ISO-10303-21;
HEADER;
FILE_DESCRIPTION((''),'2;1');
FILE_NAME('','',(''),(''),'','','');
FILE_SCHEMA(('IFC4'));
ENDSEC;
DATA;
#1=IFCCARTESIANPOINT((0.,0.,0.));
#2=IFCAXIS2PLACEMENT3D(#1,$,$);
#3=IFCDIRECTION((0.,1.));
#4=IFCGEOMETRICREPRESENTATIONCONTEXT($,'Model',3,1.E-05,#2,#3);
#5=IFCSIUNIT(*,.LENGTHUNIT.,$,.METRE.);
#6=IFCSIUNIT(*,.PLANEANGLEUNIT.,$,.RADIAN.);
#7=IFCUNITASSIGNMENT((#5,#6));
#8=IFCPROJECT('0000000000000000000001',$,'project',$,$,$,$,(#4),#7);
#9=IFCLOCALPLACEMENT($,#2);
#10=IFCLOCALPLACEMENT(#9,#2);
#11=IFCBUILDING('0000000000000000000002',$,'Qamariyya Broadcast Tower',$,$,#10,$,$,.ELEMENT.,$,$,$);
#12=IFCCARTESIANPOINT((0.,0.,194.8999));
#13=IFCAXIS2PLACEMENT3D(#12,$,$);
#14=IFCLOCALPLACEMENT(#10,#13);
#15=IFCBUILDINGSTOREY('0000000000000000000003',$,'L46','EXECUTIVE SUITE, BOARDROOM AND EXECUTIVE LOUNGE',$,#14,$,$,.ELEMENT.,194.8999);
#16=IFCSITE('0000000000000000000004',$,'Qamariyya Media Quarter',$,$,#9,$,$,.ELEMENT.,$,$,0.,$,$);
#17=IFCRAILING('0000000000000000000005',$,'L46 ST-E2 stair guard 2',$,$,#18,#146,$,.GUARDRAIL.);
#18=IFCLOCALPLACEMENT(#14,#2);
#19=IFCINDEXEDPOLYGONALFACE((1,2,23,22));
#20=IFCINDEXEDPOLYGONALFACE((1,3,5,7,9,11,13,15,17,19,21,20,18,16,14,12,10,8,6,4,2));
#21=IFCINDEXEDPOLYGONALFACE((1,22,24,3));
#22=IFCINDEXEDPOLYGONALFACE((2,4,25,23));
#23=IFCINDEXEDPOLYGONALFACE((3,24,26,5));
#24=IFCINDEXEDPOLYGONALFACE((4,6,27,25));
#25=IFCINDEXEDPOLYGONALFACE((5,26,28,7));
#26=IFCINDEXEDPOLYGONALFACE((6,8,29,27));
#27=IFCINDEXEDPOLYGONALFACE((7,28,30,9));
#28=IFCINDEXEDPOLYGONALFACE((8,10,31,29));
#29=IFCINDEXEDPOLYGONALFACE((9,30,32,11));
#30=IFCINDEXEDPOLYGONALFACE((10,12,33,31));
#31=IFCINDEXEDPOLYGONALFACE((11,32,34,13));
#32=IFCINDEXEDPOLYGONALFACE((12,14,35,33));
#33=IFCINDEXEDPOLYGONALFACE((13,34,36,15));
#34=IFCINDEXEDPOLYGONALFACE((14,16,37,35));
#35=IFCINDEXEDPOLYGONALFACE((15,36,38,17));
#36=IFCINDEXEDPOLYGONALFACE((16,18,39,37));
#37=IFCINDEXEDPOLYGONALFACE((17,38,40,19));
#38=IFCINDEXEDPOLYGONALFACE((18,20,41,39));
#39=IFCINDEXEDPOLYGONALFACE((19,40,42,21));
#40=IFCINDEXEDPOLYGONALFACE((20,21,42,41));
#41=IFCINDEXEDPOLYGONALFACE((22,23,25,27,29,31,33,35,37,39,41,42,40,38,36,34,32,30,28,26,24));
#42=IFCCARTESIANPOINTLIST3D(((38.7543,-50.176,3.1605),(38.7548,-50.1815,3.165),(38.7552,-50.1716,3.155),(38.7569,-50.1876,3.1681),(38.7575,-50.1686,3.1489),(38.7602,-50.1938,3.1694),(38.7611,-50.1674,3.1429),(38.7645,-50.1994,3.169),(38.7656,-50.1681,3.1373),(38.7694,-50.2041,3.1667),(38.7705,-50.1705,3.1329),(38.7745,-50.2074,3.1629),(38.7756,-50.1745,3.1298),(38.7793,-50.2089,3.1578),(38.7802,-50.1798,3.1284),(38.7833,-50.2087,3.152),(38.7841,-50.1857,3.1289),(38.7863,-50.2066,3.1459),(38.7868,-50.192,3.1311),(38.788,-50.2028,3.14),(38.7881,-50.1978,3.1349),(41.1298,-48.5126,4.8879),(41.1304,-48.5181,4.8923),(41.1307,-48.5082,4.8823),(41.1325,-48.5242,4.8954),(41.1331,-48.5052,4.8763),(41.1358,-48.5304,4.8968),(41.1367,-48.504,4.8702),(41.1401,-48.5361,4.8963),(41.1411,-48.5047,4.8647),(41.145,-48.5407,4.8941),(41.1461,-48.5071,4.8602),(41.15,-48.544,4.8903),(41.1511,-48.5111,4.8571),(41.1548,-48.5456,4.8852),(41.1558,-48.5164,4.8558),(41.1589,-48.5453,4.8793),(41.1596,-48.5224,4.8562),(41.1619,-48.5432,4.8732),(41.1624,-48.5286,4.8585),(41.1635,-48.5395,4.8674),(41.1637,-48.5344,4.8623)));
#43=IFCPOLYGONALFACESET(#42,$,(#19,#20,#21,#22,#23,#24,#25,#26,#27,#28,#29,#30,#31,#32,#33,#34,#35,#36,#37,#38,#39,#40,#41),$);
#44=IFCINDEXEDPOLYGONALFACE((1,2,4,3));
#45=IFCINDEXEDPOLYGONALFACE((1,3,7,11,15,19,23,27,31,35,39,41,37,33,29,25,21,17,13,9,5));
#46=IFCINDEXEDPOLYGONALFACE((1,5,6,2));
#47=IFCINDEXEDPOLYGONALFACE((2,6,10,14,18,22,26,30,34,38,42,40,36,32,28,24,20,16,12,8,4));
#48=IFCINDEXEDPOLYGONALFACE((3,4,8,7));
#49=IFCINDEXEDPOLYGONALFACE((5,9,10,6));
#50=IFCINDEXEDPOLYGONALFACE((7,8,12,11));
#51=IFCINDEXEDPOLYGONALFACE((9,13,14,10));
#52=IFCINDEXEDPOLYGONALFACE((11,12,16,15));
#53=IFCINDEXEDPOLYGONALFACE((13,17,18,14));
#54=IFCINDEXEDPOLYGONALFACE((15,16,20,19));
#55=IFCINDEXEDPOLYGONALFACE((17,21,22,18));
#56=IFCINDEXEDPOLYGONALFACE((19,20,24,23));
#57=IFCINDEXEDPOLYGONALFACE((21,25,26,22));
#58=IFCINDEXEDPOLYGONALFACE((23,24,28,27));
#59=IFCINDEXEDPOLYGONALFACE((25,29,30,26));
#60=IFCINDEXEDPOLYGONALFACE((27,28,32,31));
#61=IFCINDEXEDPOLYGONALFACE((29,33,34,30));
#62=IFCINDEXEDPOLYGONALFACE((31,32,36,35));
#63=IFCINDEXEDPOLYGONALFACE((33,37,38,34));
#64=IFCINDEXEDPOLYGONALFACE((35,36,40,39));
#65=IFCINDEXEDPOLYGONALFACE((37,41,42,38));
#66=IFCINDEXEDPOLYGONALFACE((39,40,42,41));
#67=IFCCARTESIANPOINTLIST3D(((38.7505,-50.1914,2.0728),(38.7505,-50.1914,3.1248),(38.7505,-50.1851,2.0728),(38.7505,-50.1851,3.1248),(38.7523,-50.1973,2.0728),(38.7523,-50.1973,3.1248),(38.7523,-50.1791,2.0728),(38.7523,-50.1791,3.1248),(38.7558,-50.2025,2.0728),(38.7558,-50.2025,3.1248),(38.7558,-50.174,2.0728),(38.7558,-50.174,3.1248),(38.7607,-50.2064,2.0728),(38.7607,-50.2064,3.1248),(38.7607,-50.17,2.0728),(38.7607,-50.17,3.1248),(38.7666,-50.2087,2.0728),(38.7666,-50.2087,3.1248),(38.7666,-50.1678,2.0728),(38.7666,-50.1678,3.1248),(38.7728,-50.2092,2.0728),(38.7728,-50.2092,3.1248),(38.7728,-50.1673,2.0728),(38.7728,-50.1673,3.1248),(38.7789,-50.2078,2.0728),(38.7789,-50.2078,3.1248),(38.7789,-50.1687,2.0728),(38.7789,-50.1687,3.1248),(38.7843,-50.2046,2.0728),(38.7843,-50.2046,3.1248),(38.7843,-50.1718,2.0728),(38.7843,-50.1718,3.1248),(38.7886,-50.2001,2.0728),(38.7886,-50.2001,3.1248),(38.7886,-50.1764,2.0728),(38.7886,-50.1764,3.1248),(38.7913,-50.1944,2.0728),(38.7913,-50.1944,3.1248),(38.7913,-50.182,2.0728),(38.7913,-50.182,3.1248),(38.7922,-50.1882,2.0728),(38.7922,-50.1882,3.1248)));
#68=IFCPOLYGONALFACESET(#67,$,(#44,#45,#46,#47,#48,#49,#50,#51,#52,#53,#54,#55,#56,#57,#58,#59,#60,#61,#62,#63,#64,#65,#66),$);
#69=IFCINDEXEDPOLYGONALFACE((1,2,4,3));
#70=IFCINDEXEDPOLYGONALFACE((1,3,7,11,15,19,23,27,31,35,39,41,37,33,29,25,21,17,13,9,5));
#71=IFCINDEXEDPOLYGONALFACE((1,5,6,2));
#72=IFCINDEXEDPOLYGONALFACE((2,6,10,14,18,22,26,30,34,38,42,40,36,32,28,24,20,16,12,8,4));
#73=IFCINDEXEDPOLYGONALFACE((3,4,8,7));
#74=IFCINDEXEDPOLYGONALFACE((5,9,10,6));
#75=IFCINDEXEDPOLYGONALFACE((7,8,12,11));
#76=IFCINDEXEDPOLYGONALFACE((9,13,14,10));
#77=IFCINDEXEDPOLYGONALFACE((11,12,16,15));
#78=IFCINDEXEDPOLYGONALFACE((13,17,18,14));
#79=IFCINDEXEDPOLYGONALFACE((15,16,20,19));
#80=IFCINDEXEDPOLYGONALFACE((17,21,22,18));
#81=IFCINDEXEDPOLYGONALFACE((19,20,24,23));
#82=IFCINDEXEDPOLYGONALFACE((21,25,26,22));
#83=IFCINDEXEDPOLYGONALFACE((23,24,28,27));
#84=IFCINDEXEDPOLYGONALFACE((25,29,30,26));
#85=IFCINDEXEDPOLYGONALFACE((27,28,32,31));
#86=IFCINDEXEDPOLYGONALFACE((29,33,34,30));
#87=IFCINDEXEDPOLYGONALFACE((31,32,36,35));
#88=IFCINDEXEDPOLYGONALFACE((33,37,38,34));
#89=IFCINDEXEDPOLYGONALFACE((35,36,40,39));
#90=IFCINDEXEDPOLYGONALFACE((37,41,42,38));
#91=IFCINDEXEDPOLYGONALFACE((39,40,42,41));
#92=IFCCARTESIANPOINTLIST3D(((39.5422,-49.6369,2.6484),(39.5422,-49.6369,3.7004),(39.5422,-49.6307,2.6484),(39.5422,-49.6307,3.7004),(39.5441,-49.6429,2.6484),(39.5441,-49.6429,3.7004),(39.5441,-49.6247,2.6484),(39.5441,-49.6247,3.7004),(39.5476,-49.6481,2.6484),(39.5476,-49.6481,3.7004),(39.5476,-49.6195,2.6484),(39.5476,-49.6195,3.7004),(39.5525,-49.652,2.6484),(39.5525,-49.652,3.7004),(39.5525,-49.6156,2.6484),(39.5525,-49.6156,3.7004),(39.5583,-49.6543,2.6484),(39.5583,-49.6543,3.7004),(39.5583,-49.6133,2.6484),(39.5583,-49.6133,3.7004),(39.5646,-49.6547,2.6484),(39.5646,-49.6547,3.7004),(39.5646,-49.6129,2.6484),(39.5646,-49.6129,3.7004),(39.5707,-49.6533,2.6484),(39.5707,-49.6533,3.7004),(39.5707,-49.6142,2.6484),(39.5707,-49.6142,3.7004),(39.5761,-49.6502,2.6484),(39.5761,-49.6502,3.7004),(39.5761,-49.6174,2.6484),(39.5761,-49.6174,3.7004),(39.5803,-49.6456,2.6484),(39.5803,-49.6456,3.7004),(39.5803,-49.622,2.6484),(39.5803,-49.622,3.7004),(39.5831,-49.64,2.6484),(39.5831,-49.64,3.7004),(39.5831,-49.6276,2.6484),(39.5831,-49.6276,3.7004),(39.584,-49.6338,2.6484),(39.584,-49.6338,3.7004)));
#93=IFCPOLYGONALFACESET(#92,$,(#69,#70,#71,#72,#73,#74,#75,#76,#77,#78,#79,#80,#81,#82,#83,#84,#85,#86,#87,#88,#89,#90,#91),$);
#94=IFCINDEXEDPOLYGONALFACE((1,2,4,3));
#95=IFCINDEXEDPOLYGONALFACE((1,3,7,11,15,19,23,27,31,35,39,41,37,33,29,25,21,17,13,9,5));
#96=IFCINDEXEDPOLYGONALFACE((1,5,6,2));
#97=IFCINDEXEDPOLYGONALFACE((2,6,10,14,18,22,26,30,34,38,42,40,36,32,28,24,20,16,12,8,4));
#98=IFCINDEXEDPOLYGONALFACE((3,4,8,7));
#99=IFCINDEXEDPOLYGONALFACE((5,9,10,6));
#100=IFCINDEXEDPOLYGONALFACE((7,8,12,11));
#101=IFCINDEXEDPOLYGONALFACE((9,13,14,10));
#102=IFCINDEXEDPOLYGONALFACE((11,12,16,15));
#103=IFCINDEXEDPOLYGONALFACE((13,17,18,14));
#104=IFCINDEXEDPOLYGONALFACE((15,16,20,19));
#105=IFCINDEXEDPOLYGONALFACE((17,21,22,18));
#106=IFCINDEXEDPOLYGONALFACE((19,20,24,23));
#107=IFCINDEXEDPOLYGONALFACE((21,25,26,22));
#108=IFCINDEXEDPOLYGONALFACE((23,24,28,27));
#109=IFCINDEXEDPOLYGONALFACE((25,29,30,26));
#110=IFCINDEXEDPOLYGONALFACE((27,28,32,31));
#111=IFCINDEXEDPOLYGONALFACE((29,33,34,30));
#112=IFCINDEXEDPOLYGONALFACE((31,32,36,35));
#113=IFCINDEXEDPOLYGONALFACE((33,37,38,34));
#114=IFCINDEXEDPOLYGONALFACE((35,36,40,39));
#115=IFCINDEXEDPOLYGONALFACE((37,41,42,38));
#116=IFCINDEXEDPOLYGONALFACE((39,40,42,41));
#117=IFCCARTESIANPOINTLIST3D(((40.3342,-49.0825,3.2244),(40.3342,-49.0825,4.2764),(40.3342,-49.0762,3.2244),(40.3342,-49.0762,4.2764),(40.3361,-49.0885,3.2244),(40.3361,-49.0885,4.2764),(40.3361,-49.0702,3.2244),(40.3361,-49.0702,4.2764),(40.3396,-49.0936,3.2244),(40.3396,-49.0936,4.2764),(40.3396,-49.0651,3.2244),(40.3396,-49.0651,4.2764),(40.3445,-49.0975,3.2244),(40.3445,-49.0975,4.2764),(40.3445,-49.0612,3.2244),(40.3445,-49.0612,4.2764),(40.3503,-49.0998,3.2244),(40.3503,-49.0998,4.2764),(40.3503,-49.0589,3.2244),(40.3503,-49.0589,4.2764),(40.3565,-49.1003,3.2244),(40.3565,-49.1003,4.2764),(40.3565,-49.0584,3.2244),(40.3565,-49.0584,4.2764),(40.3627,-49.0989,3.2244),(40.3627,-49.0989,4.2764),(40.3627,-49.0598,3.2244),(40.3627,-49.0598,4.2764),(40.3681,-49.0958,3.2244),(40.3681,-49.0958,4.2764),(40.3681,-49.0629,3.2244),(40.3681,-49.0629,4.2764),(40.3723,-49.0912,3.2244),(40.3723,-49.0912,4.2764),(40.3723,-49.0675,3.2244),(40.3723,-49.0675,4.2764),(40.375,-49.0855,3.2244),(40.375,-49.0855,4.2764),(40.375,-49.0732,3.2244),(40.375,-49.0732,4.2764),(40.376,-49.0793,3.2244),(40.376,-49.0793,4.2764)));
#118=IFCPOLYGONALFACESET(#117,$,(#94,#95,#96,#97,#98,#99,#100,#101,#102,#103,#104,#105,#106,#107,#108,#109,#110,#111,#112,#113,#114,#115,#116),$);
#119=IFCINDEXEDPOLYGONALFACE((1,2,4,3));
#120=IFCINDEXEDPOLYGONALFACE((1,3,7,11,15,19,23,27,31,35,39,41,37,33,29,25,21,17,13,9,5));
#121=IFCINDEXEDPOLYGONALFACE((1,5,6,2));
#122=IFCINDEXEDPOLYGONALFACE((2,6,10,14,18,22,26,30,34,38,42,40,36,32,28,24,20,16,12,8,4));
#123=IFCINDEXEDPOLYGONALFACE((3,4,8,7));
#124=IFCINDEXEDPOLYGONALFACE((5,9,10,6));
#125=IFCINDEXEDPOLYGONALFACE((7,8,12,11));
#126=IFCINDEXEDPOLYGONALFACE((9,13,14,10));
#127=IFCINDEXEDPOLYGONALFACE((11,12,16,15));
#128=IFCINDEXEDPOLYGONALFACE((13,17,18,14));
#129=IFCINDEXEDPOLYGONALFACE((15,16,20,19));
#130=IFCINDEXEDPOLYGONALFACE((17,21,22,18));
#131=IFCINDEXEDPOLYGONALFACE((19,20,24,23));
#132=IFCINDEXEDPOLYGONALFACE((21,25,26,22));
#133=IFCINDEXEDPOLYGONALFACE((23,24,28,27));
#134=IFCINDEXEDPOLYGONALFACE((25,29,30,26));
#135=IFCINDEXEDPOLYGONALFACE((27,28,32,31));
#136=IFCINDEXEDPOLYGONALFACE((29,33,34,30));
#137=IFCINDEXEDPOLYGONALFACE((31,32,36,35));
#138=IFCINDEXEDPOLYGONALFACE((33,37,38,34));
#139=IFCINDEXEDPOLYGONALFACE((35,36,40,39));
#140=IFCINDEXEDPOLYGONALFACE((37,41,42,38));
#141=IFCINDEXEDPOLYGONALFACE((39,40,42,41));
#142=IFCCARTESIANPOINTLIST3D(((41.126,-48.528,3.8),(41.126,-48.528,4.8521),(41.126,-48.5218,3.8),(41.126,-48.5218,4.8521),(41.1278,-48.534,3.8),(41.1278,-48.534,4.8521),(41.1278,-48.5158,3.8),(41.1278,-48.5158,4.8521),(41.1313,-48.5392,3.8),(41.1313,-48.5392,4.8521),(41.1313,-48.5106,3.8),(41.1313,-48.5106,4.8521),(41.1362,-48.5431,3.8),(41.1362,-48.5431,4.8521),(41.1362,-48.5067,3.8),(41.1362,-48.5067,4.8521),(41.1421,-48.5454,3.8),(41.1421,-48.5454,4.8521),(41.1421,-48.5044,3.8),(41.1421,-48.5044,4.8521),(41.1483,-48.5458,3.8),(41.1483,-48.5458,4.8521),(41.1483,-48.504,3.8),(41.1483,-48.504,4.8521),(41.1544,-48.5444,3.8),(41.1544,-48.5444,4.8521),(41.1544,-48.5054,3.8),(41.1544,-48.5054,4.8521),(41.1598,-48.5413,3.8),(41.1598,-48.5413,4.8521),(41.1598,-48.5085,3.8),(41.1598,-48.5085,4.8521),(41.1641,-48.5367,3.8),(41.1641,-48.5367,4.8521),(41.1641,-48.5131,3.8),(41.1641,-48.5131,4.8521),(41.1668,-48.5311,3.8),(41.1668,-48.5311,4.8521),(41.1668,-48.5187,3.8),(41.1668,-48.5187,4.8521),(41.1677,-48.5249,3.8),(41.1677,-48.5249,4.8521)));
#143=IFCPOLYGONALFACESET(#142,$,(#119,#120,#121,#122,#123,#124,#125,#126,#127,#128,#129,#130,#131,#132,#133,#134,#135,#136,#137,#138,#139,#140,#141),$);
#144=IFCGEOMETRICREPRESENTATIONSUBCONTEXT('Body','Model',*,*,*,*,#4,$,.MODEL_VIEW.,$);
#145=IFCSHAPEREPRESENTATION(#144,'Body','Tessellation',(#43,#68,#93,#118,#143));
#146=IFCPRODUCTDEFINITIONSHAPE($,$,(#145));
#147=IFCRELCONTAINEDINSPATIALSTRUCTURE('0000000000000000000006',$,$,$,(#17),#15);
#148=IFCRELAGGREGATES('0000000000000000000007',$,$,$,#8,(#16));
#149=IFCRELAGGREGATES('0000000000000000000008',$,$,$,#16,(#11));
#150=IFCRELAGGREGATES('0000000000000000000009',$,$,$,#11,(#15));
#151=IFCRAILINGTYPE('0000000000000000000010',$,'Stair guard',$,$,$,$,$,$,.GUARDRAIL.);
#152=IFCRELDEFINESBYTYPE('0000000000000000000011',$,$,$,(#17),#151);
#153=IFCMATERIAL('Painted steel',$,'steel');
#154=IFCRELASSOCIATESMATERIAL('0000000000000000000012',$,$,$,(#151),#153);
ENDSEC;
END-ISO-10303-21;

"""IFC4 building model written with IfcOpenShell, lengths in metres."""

from ifc_helpers import new_model, si_unit, direction, frame, origin, origin_2d, place, context, subcontext, project, spatial, circle, extrude, material, type_object, element, save


model = new_model("IFC4")

# Units and contexts
model_context = context("Model", 3, precision=1e-05, world=origin(), true_north=direction((0.0, 1.0)))
body_context = subcontext(model_context, "Body", "Model", "MODEL_VIEW")
ifc_project = project(units=[si_unit("LENGTHUNIT", "METRE"), si_unit("PLANEANGLEUNIT", "RADIAN")], contexts=[model_context])

# Site, building, storey
site_placement = place(None, origin())
site = spatial("IfcSite", under=ifc_project, at=site_placement, Name="Qamariyya Media Quarter", CompositionType="ELEMENT", RefElevation=0.0)
building_placement = place(site_placement, origin())
building = spatial("IfcBuilding", under=site, at=building_placement, Name="Qamariyya Broadcast Tower", CompositionType="ELEMENT")
storey_placement = place(building_placement, frame((0.0, 0.0, 194.8999)))
storey = spatial("IfcBuildingStorey", under=building, at=storey_placement, Name="L46", Description="EXECUTIVE SUITE, BOARDROOM AND EXECUTIVE LOUNGE", CompositionType="ELEMENT", Elevation=194.8999)

# Railing
ifc_material_1 = material(Name="Painted steel", Category="steel")
railing_type_1 = type_object("IfcRailingType", Name="Stair guard", PredefinedType="GUARDRAIL", material=ifc_material_1)
railing_1_placement = place(storey_placement, frame((38.7712, -50.1882, 2.0728)))
element("IfcRailing", 1, at=railing_1_placement, inside=storey, type_object=railing_type_1, Name="L46 ST-E2 stair guard 2", PredefinedType="GUARDRAIL", context=body_context, shape_type="SweptSolid", body=[
    extrude(circle(Radius=0.0239, at=origin_2d()), frame((0.0, 0.0, 1.0762), z_axis=(0.70377, 0.492784, 0.511734), x_axis=(-0.573575, 0.819153, 0.0)), (0.0, 0.0, 1.0), 3.3755),
    extrude(circle(Radius=0.021, at=origin_2d()), origin(), (0.0, 0.0, 1.0), 1.052),
    extrude(circle(Radius=0.021, at=origin_2d()), frame((0.7917, 0.5544, 0.5757)), (0.0, 0.0, 1.0), 1.052),
    extrude(circle(Radius=0.021, at=origin_2d()), frame((1.5837, 1.1089, 1.1516)), (0.0, 0.0, 1.0), 1.052),
    extrude(circle(Radius=0.021, at=origin_2d()), frame((2.3755, 1.6633, 1.7273)), (0.0, 0.0, 1.0), 1.052),
])

save(model, "model.ifc")
